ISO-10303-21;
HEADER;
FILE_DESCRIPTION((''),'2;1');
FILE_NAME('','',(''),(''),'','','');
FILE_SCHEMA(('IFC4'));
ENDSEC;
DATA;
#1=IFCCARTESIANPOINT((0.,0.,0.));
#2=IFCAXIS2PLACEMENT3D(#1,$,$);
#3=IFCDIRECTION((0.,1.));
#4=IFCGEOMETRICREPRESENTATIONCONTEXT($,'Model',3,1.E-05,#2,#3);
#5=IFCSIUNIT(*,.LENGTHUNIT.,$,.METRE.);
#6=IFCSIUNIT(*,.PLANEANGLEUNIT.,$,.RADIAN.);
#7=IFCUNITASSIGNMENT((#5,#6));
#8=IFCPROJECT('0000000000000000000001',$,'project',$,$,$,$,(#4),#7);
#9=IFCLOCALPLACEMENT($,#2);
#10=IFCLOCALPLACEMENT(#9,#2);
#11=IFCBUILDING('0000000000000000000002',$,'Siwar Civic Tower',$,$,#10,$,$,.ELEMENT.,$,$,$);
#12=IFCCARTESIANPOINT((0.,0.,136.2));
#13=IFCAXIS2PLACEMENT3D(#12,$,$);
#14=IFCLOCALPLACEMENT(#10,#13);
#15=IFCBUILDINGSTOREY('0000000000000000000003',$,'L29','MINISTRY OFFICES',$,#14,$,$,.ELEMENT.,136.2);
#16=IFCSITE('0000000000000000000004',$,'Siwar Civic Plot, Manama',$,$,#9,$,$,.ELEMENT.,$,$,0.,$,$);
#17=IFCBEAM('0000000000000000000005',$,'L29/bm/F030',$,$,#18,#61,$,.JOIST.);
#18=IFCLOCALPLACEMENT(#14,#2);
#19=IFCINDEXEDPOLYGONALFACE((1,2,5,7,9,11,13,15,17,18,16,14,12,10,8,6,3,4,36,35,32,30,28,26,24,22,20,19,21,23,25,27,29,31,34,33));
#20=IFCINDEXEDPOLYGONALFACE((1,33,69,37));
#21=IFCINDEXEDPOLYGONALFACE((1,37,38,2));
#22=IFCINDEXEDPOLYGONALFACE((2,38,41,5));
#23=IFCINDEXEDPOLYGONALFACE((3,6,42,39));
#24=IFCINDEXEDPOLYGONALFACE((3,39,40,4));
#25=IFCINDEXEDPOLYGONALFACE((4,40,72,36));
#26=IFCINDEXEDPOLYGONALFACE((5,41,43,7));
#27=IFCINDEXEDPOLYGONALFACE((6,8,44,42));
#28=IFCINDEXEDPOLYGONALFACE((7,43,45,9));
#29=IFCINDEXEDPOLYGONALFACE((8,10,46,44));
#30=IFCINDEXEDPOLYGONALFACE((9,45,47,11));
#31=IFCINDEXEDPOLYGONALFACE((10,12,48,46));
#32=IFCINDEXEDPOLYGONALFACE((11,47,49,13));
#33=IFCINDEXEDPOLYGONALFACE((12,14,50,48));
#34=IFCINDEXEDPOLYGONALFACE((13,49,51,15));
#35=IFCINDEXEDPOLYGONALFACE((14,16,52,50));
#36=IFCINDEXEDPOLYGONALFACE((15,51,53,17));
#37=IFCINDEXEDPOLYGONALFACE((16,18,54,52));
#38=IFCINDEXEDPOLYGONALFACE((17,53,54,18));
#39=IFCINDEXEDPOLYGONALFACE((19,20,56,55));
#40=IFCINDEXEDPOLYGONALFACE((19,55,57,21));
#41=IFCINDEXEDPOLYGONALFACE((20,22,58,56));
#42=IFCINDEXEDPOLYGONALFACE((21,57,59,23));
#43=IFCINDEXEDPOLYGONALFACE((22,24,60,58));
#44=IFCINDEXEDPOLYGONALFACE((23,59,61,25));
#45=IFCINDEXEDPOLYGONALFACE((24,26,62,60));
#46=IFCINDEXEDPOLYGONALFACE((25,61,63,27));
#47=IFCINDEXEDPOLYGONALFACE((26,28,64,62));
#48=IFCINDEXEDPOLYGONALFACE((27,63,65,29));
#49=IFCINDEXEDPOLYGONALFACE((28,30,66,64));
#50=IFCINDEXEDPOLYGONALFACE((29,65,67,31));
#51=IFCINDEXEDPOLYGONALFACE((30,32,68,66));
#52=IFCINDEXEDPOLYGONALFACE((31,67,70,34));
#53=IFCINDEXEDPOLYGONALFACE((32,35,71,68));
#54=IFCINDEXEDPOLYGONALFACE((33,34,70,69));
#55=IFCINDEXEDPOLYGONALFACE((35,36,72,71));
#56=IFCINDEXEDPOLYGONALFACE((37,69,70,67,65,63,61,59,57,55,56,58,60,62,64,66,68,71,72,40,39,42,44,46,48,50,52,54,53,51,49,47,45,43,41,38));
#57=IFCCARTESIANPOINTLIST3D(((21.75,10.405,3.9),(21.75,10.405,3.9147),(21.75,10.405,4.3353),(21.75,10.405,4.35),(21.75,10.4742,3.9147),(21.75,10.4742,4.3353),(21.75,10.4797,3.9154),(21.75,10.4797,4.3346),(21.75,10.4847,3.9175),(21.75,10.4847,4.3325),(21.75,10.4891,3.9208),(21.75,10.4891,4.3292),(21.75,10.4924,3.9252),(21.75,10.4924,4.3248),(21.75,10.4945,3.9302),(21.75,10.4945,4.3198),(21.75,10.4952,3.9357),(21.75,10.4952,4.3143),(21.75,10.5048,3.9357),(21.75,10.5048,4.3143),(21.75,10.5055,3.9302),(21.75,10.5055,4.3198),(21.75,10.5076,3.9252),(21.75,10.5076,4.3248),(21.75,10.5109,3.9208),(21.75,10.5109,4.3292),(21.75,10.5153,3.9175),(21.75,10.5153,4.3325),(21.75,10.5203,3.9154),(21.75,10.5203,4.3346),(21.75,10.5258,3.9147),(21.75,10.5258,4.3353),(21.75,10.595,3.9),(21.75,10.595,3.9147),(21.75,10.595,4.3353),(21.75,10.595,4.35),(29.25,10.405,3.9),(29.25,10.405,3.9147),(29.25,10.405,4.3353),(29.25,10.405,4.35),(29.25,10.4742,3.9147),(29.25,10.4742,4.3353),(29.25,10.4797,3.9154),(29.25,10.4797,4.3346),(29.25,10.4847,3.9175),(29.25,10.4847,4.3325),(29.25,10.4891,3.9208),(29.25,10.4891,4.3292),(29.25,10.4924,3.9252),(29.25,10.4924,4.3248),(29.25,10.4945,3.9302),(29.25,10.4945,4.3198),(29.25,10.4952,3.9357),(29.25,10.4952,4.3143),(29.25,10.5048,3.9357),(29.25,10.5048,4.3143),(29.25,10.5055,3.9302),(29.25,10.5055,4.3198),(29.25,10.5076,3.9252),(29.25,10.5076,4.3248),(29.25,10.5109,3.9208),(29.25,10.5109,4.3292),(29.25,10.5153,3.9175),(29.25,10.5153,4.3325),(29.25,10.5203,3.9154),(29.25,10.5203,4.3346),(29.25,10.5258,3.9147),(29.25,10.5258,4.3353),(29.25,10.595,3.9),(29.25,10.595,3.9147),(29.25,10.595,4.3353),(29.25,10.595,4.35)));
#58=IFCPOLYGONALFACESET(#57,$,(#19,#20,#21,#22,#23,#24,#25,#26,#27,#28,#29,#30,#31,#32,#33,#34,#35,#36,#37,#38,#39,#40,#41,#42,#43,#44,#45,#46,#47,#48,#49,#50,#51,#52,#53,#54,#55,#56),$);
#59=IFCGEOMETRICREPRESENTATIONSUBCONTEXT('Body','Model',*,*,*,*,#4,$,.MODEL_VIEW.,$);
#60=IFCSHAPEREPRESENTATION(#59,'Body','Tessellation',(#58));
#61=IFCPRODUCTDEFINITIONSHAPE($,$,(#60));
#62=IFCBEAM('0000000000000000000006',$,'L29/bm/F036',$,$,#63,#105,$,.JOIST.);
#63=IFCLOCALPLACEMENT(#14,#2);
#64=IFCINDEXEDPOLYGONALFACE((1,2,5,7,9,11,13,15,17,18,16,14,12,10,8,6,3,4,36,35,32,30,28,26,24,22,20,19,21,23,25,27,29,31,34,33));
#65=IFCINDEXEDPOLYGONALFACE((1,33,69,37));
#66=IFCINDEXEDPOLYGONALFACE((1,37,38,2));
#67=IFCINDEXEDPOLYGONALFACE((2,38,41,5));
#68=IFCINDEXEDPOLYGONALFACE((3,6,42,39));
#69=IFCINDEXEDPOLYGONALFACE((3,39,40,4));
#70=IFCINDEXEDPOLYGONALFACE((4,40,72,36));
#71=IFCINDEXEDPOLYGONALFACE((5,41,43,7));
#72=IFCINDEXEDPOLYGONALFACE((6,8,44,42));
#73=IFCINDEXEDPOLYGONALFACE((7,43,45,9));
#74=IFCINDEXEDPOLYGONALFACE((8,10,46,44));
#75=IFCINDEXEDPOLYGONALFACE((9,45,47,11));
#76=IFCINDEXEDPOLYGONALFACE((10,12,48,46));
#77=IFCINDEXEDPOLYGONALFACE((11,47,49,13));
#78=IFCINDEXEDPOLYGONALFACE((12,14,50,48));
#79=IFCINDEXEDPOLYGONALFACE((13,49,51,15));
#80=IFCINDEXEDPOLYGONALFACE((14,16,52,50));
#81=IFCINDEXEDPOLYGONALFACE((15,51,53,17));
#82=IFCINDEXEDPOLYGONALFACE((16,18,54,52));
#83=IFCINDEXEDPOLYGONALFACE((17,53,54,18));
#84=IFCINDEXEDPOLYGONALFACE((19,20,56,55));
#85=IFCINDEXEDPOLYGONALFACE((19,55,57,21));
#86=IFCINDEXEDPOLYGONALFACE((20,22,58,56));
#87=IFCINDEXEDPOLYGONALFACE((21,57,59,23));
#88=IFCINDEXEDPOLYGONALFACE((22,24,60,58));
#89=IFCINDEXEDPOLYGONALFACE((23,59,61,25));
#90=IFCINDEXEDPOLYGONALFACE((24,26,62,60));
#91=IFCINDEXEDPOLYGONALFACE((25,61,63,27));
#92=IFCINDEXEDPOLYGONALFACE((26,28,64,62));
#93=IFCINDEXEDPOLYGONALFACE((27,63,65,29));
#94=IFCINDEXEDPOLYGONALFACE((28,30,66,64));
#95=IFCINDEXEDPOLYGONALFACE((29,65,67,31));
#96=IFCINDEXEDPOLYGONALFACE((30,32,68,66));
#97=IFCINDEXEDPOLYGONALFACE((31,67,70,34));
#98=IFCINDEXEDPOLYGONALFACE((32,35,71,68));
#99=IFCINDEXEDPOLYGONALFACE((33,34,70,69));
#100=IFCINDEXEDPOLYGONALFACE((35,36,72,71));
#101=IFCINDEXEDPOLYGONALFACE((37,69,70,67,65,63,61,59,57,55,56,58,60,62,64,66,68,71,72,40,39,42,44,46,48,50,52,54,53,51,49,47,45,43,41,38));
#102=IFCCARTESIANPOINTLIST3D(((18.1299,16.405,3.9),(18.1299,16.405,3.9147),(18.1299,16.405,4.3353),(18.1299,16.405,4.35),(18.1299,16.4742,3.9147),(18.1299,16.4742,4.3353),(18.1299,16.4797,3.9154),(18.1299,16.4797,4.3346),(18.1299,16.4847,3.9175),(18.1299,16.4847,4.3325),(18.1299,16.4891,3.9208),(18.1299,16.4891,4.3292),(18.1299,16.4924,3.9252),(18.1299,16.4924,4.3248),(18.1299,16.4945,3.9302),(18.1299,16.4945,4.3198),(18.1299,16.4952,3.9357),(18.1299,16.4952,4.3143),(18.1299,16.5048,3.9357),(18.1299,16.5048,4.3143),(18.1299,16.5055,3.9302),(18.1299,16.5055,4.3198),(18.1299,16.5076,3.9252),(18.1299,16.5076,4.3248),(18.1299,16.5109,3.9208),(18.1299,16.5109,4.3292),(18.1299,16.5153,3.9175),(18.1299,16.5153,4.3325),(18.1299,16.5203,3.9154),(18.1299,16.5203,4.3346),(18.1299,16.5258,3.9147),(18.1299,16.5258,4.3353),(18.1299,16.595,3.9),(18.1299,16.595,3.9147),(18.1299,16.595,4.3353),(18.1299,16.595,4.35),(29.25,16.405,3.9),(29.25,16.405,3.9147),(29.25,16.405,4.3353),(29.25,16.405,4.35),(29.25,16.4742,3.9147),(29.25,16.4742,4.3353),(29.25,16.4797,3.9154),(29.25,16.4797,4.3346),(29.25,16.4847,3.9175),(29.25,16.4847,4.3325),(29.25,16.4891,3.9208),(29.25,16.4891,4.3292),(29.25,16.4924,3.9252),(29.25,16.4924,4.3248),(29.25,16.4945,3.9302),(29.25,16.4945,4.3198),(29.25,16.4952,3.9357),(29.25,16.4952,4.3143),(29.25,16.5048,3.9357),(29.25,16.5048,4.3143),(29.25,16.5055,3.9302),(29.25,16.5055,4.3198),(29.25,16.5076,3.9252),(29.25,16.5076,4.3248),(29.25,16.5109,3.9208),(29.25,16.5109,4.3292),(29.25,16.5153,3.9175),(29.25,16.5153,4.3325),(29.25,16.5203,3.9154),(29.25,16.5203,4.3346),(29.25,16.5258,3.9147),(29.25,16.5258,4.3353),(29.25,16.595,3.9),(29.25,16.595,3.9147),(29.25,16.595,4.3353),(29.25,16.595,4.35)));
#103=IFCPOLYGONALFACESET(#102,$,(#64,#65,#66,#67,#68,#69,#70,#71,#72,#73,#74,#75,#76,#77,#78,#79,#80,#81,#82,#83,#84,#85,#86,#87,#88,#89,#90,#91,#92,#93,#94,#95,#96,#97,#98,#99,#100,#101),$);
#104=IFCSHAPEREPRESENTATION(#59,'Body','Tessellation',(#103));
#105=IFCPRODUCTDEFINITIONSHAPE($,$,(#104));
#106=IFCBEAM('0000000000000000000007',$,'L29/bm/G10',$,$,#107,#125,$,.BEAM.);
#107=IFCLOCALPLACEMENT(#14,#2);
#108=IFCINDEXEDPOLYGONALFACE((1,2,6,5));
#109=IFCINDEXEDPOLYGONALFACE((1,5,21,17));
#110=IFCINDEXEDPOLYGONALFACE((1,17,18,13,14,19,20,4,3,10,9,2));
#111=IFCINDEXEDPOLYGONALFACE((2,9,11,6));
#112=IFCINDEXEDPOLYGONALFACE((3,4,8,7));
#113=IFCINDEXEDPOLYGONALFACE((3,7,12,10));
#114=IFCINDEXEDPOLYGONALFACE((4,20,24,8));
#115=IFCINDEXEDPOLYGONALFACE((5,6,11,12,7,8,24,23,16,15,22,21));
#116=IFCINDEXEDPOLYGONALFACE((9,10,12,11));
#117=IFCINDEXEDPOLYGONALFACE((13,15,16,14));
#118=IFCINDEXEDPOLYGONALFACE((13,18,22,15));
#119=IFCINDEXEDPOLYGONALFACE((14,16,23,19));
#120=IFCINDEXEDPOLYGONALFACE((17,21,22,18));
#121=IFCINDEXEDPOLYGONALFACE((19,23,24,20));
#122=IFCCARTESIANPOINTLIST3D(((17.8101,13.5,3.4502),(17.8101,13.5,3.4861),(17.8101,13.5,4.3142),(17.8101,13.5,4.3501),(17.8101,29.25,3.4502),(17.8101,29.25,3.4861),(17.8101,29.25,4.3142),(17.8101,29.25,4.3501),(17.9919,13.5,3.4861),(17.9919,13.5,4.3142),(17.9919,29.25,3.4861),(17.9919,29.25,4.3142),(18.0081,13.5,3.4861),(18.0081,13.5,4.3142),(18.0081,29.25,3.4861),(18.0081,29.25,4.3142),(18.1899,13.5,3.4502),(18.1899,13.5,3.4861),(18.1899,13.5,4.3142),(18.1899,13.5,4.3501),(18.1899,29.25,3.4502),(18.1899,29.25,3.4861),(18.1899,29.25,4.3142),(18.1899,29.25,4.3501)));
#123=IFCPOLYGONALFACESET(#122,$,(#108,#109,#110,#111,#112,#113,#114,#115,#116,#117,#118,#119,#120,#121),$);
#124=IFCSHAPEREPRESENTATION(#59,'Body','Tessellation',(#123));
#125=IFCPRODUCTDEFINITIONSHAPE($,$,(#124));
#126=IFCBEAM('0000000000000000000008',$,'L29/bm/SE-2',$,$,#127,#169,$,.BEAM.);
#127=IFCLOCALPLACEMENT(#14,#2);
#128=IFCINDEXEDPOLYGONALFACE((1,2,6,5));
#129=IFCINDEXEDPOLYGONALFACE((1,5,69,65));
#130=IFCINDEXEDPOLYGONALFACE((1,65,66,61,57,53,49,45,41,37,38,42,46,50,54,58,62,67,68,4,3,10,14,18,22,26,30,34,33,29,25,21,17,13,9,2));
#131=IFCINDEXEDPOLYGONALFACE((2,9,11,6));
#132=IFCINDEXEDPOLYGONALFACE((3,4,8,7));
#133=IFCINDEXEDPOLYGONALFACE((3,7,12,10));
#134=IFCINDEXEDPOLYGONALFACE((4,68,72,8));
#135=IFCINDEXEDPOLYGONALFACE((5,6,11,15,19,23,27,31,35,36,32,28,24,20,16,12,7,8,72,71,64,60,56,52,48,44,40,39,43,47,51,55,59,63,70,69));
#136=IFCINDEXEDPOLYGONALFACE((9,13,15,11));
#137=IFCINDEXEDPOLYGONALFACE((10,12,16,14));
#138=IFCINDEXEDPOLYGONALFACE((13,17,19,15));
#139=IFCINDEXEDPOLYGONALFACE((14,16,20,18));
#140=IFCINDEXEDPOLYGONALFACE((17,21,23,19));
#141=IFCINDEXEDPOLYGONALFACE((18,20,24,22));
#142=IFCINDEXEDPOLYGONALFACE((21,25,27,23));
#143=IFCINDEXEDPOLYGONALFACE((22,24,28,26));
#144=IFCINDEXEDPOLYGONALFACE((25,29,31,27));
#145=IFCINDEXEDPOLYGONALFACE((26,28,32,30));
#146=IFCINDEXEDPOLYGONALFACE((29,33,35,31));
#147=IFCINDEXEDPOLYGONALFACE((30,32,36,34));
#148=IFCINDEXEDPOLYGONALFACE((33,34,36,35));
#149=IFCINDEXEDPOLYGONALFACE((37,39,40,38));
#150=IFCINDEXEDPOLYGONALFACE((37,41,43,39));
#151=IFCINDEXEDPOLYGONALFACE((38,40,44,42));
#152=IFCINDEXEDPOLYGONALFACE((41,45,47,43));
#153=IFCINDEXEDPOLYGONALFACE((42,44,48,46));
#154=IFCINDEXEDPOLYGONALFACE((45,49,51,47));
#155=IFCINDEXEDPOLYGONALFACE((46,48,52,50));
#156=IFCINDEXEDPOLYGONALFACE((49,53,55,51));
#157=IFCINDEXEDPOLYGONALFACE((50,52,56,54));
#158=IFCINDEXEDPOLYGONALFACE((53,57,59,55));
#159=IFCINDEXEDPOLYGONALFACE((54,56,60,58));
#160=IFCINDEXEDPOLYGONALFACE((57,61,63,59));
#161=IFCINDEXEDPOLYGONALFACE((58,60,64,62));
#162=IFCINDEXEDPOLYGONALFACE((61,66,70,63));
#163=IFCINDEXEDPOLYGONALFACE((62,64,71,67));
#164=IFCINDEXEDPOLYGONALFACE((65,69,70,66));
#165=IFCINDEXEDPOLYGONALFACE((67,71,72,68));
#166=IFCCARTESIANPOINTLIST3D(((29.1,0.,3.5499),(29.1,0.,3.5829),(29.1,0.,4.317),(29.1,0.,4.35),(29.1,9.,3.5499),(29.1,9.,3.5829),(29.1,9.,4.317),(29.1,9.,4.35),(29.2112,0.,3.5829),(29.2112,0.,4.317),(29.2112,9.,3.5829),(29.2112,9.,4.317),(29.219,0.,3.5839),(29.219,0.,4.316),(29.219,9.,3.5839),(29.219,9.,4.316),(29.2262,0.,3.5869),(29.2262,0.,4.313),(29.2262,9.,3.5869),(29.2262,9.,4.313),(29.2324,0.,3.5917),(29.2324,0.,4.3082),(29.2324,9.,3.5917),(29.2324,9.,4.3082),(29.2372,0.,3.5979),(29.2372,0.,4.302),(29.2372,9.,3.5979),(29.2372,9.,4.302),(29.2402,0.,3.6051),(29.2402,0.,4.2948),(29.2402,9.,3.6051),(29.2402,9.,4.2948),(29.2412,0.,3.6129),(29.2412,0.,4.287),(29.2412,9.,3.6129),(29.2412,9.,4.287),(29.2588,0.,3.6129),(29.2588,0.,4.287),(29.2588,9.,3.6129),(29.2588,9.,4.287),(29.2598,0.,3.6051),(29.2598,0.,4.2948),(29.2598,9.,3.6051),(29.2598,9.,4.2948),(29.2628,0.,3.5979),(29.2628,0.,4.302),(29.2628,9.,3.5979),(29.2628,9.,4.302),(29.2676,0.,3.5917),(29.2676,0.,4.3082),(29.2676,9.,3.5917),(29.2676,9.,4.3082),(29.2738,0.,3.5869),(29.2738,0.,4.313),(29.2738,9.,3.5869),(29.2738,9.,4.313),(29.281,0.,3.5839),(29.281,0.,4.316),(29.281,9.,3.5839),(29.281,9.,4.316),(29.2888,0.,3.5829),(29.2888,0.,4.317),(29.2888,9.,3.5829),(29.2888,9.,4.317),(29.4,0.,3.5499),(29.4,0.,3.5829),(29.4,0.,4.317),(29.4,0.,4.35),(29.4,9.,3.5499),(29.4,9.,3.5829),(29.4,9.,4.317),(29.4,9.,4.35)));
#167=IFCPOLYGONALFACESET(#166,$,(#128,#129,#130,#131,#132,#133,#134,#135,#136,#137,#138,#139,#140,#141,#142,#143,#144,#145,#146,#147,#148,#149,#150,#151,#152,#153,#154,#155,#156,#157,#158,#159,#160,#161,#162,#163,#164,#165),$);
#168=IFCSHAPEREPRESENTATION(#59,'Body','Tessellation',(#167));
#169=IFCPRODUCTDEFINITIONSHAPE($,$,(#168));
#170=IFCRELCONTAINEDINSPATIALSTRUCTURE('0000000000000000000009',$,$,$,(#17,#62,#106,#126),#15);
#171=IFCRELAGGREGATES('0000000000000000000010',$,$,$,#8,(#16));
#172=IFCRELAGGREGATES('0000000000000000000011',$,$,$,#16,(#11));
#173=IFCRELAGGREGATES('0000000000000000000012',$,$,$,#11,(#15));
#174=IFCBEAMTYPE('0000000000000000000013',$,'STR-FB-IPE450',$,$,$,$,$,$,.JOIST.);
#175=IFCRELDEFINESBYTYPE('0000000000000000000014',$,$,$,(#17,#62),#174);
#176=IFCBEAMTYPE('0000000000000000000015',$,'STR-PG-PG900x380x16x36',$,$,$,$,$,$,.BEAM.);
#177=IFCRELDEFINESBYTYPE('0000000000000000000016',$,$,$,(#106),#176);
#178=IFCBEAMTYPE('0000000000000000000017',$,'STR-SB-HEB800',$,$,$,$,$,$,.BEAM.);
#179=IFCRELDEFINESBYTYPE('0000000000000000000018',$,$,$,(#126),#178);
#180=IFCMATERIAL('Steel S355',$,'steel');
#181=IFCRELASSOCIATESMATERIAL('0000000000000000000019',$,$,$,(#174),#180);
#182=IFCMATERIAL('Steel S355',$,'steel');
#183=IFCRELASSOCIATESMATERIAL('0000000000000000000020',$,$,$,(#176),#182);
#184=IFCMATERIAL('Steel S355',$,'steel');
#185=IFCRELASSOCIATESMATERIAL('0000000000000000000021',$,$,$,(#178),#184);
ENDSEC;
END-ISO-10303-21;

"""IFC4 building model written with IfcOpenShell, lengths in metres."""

from ifc_helpers import new_model, si_unit, direction, frame, origin, origin_2d, place, context, subcontext, project, spatial, i_section, extrude, material, material_profile, profile_set, type_object, element, save


model = new_model("IFC4")

# Units and contexts
model_context = context("Model", 3, precision=1e-05, world=origin(), true_north=direction((0.0, 1.0)))
body_context = subcontext(model_context, "Body", "Model", "MODEL_VIEW")
ifc_project = project(units=[si_unit("LENGTHUNIT", "METRE"), si_unit("PLANEANGLEUNIT", "RADIAN")], contexts=[model_context])

# Site, building, storey
site_placement = place(None, origin())
site = spatial("IfcSite", under=ifc_project, at=site_placement, Name="Siwar Civic Plot, Manama", CompositionType="ELEMENT", RefElevation=0.0)
building_placement = place(site_placement, origin())
building = spatial("IfcBuilding", under=site, at=building_placement, Name="Siwar Civic Tower", CompositionType="ELEMENT")
storey_placement = place(building_placement, frame((0.0, 0.0, 136.2)))
storey = spatial("IfcBuildingStorey", under=building, at=storey_placement, Name="L29", Description="MINISTRY OFFICES", CompositionType="ELEMENT", Elevation=136.2)

# Beams
ifc_material_1 = material(Name="Steel S355", Category="steel")
ifc_material_profile_1 = material_profile(ifc_material_1, i_section(OverallWidth=0.1899, OverallDepth=0.45, WebThickness=0.0095, FlangeThickness=0.0146, FilletRadius=0.021, at=origin_2d()), Name="IPE450")
ifc_profile_set_1 = profile_set([ifc_material_profile_1], Name="Steel S355")
beam_type_1 = type_object("IfcBeamType", Name="STR-FB-IPE450", PredefinedType="JOIST", material=ifc_profile_set_1)
for number, where, z_axis, x_axis, name in (
    (1, (21.75, 10.5, 4.125), (1.0, 0.0, 0.0), (0.0, 1.0, 0.0), "L29/bm/F030"),
):
    element("IfcBeam", number, at=place(storey_placement, frame(where, z_axis=z_axis, x_axis=x_axis)), inside=storey, type_object=beam_type_1, Name=name, PredefinedType="JOIST", context=body_context, shape_type="SweptSolid", body=[
        extrude(i_section(OverallWidth=0.1899, OverallDepth=0.45, WebThickness=0.0095, FlangeThickness=0.0146, FilletRadius=0.021, at=origin_2d()), origin(), (0.0, 0.0, 1.0), 7.5),
    ])
beam_1_placement = place(storey_placement, frame((18.1299, 16.5, 4.125), z_axis=(1.0, 0.0, 0.0), x_axis=(0.0, 1.0, 0.0)))
element("IfcBeam", 2, at=beam_1_placement, inside=storey, type_object=beam_type_1, Name="L29/bm/F036", PredefinedType="JOIST", context=body_context, shape_type="SweptSolid", body=[
    extrude(i_section(OverallWidth=0.1899, OverallDepth=0.45, WebThickness=0.0095, FlangeThickness=0.0146, FilletRadius=0.021, at=origin_2d()), origin(), (0.0, 0.0, 1.0), 11.1201),
])
ifc_material_2 = material(Name="Steel S355", Category="steel")
ifc_material_profile_2 = material_profile(ifc_material_2, i_section(OverallWidth=0.3799, OverallDepth=0.8999, WebThickness=0.0161, FlangeThickness=0.0359, at=origin_2d()), Name="PG900x380x16x36")
ifc_profile_set_2 = profile_set([ifc_material_profile_2], Name="Steel S355")
beam_type_2 = type_object("IfcBeamType", Name="STR-PG-PG900x380x16x36", PredefinedType="BEAM", material=ifc_profile_set_2)
beam_2_placement = place(storey_placement, frame((18.0, 13.5, 3.9001), z_axis=(0.0, 1.0, 0.0), x_axis=(-1.0, 0.0, 0.0)))
element("IfcBeam", 3, at=beam_2_placement, inside=storey, type_object=beam_type_2, Name="L29/bm/G10", PredefinedType="BEAM", context=body_context, shape_type="SweptSolid", body=[
    extrude(i_section(OverallWidth=0.3799, OverallDepth=0.8999, WebThickness=0.0161, FlangeThickness=0.0359, at=origin_2d()), origin(), (0.0, 0.0, 1.0), 15.75),
])
ifc_material_3 = material(Name="Steel S355", Category="steel")
ifc_material_profile_3 = material_profile(ifc_material_3, i_section(OverallWidth=0.3, OverallDepth=0.8, WebThickness=0.0176, FlangeThickness=0.033, FilletRadius=0.03, at=origin_2d()), Name="HEB800")
ifc_profile_set_3 = profile_set([ifc_material_profile_3], Name="Steel S355")
beam_type_3 = type_object("IfcBeamType", Name="STR-SB-HEB800", PredefinedType="BEAM", material=ifc_profile_set_3)
for number, where, z_axis, x_axis, name in (
    (4, (29.25, 0.0, 3.95), (0.0, 1.0, 0.0), (-1.0, 0.0, 0.0), "L29/bm/SE-2"),
):
    element("IfcBeam", number, at=place(storey_placement, frame(where, z_axis=z_axis, x_axis=x_axis)), inside=storey, type_object=beam_type_3, Name=name, PredefinedType="BEAM", context=body_context, shape_type="SweptSolid", body=[
        extrude(i_section(OverallWidth=0.3, OverallDepth=0.8, WebThickness=0.0176, FlangeThickness=0.033, FilletRadius=0.03, at=origin_2d()), origin(), (0.0, 0.0, 1.0), 9.0),
    ])

save(model, "model.ifc")
